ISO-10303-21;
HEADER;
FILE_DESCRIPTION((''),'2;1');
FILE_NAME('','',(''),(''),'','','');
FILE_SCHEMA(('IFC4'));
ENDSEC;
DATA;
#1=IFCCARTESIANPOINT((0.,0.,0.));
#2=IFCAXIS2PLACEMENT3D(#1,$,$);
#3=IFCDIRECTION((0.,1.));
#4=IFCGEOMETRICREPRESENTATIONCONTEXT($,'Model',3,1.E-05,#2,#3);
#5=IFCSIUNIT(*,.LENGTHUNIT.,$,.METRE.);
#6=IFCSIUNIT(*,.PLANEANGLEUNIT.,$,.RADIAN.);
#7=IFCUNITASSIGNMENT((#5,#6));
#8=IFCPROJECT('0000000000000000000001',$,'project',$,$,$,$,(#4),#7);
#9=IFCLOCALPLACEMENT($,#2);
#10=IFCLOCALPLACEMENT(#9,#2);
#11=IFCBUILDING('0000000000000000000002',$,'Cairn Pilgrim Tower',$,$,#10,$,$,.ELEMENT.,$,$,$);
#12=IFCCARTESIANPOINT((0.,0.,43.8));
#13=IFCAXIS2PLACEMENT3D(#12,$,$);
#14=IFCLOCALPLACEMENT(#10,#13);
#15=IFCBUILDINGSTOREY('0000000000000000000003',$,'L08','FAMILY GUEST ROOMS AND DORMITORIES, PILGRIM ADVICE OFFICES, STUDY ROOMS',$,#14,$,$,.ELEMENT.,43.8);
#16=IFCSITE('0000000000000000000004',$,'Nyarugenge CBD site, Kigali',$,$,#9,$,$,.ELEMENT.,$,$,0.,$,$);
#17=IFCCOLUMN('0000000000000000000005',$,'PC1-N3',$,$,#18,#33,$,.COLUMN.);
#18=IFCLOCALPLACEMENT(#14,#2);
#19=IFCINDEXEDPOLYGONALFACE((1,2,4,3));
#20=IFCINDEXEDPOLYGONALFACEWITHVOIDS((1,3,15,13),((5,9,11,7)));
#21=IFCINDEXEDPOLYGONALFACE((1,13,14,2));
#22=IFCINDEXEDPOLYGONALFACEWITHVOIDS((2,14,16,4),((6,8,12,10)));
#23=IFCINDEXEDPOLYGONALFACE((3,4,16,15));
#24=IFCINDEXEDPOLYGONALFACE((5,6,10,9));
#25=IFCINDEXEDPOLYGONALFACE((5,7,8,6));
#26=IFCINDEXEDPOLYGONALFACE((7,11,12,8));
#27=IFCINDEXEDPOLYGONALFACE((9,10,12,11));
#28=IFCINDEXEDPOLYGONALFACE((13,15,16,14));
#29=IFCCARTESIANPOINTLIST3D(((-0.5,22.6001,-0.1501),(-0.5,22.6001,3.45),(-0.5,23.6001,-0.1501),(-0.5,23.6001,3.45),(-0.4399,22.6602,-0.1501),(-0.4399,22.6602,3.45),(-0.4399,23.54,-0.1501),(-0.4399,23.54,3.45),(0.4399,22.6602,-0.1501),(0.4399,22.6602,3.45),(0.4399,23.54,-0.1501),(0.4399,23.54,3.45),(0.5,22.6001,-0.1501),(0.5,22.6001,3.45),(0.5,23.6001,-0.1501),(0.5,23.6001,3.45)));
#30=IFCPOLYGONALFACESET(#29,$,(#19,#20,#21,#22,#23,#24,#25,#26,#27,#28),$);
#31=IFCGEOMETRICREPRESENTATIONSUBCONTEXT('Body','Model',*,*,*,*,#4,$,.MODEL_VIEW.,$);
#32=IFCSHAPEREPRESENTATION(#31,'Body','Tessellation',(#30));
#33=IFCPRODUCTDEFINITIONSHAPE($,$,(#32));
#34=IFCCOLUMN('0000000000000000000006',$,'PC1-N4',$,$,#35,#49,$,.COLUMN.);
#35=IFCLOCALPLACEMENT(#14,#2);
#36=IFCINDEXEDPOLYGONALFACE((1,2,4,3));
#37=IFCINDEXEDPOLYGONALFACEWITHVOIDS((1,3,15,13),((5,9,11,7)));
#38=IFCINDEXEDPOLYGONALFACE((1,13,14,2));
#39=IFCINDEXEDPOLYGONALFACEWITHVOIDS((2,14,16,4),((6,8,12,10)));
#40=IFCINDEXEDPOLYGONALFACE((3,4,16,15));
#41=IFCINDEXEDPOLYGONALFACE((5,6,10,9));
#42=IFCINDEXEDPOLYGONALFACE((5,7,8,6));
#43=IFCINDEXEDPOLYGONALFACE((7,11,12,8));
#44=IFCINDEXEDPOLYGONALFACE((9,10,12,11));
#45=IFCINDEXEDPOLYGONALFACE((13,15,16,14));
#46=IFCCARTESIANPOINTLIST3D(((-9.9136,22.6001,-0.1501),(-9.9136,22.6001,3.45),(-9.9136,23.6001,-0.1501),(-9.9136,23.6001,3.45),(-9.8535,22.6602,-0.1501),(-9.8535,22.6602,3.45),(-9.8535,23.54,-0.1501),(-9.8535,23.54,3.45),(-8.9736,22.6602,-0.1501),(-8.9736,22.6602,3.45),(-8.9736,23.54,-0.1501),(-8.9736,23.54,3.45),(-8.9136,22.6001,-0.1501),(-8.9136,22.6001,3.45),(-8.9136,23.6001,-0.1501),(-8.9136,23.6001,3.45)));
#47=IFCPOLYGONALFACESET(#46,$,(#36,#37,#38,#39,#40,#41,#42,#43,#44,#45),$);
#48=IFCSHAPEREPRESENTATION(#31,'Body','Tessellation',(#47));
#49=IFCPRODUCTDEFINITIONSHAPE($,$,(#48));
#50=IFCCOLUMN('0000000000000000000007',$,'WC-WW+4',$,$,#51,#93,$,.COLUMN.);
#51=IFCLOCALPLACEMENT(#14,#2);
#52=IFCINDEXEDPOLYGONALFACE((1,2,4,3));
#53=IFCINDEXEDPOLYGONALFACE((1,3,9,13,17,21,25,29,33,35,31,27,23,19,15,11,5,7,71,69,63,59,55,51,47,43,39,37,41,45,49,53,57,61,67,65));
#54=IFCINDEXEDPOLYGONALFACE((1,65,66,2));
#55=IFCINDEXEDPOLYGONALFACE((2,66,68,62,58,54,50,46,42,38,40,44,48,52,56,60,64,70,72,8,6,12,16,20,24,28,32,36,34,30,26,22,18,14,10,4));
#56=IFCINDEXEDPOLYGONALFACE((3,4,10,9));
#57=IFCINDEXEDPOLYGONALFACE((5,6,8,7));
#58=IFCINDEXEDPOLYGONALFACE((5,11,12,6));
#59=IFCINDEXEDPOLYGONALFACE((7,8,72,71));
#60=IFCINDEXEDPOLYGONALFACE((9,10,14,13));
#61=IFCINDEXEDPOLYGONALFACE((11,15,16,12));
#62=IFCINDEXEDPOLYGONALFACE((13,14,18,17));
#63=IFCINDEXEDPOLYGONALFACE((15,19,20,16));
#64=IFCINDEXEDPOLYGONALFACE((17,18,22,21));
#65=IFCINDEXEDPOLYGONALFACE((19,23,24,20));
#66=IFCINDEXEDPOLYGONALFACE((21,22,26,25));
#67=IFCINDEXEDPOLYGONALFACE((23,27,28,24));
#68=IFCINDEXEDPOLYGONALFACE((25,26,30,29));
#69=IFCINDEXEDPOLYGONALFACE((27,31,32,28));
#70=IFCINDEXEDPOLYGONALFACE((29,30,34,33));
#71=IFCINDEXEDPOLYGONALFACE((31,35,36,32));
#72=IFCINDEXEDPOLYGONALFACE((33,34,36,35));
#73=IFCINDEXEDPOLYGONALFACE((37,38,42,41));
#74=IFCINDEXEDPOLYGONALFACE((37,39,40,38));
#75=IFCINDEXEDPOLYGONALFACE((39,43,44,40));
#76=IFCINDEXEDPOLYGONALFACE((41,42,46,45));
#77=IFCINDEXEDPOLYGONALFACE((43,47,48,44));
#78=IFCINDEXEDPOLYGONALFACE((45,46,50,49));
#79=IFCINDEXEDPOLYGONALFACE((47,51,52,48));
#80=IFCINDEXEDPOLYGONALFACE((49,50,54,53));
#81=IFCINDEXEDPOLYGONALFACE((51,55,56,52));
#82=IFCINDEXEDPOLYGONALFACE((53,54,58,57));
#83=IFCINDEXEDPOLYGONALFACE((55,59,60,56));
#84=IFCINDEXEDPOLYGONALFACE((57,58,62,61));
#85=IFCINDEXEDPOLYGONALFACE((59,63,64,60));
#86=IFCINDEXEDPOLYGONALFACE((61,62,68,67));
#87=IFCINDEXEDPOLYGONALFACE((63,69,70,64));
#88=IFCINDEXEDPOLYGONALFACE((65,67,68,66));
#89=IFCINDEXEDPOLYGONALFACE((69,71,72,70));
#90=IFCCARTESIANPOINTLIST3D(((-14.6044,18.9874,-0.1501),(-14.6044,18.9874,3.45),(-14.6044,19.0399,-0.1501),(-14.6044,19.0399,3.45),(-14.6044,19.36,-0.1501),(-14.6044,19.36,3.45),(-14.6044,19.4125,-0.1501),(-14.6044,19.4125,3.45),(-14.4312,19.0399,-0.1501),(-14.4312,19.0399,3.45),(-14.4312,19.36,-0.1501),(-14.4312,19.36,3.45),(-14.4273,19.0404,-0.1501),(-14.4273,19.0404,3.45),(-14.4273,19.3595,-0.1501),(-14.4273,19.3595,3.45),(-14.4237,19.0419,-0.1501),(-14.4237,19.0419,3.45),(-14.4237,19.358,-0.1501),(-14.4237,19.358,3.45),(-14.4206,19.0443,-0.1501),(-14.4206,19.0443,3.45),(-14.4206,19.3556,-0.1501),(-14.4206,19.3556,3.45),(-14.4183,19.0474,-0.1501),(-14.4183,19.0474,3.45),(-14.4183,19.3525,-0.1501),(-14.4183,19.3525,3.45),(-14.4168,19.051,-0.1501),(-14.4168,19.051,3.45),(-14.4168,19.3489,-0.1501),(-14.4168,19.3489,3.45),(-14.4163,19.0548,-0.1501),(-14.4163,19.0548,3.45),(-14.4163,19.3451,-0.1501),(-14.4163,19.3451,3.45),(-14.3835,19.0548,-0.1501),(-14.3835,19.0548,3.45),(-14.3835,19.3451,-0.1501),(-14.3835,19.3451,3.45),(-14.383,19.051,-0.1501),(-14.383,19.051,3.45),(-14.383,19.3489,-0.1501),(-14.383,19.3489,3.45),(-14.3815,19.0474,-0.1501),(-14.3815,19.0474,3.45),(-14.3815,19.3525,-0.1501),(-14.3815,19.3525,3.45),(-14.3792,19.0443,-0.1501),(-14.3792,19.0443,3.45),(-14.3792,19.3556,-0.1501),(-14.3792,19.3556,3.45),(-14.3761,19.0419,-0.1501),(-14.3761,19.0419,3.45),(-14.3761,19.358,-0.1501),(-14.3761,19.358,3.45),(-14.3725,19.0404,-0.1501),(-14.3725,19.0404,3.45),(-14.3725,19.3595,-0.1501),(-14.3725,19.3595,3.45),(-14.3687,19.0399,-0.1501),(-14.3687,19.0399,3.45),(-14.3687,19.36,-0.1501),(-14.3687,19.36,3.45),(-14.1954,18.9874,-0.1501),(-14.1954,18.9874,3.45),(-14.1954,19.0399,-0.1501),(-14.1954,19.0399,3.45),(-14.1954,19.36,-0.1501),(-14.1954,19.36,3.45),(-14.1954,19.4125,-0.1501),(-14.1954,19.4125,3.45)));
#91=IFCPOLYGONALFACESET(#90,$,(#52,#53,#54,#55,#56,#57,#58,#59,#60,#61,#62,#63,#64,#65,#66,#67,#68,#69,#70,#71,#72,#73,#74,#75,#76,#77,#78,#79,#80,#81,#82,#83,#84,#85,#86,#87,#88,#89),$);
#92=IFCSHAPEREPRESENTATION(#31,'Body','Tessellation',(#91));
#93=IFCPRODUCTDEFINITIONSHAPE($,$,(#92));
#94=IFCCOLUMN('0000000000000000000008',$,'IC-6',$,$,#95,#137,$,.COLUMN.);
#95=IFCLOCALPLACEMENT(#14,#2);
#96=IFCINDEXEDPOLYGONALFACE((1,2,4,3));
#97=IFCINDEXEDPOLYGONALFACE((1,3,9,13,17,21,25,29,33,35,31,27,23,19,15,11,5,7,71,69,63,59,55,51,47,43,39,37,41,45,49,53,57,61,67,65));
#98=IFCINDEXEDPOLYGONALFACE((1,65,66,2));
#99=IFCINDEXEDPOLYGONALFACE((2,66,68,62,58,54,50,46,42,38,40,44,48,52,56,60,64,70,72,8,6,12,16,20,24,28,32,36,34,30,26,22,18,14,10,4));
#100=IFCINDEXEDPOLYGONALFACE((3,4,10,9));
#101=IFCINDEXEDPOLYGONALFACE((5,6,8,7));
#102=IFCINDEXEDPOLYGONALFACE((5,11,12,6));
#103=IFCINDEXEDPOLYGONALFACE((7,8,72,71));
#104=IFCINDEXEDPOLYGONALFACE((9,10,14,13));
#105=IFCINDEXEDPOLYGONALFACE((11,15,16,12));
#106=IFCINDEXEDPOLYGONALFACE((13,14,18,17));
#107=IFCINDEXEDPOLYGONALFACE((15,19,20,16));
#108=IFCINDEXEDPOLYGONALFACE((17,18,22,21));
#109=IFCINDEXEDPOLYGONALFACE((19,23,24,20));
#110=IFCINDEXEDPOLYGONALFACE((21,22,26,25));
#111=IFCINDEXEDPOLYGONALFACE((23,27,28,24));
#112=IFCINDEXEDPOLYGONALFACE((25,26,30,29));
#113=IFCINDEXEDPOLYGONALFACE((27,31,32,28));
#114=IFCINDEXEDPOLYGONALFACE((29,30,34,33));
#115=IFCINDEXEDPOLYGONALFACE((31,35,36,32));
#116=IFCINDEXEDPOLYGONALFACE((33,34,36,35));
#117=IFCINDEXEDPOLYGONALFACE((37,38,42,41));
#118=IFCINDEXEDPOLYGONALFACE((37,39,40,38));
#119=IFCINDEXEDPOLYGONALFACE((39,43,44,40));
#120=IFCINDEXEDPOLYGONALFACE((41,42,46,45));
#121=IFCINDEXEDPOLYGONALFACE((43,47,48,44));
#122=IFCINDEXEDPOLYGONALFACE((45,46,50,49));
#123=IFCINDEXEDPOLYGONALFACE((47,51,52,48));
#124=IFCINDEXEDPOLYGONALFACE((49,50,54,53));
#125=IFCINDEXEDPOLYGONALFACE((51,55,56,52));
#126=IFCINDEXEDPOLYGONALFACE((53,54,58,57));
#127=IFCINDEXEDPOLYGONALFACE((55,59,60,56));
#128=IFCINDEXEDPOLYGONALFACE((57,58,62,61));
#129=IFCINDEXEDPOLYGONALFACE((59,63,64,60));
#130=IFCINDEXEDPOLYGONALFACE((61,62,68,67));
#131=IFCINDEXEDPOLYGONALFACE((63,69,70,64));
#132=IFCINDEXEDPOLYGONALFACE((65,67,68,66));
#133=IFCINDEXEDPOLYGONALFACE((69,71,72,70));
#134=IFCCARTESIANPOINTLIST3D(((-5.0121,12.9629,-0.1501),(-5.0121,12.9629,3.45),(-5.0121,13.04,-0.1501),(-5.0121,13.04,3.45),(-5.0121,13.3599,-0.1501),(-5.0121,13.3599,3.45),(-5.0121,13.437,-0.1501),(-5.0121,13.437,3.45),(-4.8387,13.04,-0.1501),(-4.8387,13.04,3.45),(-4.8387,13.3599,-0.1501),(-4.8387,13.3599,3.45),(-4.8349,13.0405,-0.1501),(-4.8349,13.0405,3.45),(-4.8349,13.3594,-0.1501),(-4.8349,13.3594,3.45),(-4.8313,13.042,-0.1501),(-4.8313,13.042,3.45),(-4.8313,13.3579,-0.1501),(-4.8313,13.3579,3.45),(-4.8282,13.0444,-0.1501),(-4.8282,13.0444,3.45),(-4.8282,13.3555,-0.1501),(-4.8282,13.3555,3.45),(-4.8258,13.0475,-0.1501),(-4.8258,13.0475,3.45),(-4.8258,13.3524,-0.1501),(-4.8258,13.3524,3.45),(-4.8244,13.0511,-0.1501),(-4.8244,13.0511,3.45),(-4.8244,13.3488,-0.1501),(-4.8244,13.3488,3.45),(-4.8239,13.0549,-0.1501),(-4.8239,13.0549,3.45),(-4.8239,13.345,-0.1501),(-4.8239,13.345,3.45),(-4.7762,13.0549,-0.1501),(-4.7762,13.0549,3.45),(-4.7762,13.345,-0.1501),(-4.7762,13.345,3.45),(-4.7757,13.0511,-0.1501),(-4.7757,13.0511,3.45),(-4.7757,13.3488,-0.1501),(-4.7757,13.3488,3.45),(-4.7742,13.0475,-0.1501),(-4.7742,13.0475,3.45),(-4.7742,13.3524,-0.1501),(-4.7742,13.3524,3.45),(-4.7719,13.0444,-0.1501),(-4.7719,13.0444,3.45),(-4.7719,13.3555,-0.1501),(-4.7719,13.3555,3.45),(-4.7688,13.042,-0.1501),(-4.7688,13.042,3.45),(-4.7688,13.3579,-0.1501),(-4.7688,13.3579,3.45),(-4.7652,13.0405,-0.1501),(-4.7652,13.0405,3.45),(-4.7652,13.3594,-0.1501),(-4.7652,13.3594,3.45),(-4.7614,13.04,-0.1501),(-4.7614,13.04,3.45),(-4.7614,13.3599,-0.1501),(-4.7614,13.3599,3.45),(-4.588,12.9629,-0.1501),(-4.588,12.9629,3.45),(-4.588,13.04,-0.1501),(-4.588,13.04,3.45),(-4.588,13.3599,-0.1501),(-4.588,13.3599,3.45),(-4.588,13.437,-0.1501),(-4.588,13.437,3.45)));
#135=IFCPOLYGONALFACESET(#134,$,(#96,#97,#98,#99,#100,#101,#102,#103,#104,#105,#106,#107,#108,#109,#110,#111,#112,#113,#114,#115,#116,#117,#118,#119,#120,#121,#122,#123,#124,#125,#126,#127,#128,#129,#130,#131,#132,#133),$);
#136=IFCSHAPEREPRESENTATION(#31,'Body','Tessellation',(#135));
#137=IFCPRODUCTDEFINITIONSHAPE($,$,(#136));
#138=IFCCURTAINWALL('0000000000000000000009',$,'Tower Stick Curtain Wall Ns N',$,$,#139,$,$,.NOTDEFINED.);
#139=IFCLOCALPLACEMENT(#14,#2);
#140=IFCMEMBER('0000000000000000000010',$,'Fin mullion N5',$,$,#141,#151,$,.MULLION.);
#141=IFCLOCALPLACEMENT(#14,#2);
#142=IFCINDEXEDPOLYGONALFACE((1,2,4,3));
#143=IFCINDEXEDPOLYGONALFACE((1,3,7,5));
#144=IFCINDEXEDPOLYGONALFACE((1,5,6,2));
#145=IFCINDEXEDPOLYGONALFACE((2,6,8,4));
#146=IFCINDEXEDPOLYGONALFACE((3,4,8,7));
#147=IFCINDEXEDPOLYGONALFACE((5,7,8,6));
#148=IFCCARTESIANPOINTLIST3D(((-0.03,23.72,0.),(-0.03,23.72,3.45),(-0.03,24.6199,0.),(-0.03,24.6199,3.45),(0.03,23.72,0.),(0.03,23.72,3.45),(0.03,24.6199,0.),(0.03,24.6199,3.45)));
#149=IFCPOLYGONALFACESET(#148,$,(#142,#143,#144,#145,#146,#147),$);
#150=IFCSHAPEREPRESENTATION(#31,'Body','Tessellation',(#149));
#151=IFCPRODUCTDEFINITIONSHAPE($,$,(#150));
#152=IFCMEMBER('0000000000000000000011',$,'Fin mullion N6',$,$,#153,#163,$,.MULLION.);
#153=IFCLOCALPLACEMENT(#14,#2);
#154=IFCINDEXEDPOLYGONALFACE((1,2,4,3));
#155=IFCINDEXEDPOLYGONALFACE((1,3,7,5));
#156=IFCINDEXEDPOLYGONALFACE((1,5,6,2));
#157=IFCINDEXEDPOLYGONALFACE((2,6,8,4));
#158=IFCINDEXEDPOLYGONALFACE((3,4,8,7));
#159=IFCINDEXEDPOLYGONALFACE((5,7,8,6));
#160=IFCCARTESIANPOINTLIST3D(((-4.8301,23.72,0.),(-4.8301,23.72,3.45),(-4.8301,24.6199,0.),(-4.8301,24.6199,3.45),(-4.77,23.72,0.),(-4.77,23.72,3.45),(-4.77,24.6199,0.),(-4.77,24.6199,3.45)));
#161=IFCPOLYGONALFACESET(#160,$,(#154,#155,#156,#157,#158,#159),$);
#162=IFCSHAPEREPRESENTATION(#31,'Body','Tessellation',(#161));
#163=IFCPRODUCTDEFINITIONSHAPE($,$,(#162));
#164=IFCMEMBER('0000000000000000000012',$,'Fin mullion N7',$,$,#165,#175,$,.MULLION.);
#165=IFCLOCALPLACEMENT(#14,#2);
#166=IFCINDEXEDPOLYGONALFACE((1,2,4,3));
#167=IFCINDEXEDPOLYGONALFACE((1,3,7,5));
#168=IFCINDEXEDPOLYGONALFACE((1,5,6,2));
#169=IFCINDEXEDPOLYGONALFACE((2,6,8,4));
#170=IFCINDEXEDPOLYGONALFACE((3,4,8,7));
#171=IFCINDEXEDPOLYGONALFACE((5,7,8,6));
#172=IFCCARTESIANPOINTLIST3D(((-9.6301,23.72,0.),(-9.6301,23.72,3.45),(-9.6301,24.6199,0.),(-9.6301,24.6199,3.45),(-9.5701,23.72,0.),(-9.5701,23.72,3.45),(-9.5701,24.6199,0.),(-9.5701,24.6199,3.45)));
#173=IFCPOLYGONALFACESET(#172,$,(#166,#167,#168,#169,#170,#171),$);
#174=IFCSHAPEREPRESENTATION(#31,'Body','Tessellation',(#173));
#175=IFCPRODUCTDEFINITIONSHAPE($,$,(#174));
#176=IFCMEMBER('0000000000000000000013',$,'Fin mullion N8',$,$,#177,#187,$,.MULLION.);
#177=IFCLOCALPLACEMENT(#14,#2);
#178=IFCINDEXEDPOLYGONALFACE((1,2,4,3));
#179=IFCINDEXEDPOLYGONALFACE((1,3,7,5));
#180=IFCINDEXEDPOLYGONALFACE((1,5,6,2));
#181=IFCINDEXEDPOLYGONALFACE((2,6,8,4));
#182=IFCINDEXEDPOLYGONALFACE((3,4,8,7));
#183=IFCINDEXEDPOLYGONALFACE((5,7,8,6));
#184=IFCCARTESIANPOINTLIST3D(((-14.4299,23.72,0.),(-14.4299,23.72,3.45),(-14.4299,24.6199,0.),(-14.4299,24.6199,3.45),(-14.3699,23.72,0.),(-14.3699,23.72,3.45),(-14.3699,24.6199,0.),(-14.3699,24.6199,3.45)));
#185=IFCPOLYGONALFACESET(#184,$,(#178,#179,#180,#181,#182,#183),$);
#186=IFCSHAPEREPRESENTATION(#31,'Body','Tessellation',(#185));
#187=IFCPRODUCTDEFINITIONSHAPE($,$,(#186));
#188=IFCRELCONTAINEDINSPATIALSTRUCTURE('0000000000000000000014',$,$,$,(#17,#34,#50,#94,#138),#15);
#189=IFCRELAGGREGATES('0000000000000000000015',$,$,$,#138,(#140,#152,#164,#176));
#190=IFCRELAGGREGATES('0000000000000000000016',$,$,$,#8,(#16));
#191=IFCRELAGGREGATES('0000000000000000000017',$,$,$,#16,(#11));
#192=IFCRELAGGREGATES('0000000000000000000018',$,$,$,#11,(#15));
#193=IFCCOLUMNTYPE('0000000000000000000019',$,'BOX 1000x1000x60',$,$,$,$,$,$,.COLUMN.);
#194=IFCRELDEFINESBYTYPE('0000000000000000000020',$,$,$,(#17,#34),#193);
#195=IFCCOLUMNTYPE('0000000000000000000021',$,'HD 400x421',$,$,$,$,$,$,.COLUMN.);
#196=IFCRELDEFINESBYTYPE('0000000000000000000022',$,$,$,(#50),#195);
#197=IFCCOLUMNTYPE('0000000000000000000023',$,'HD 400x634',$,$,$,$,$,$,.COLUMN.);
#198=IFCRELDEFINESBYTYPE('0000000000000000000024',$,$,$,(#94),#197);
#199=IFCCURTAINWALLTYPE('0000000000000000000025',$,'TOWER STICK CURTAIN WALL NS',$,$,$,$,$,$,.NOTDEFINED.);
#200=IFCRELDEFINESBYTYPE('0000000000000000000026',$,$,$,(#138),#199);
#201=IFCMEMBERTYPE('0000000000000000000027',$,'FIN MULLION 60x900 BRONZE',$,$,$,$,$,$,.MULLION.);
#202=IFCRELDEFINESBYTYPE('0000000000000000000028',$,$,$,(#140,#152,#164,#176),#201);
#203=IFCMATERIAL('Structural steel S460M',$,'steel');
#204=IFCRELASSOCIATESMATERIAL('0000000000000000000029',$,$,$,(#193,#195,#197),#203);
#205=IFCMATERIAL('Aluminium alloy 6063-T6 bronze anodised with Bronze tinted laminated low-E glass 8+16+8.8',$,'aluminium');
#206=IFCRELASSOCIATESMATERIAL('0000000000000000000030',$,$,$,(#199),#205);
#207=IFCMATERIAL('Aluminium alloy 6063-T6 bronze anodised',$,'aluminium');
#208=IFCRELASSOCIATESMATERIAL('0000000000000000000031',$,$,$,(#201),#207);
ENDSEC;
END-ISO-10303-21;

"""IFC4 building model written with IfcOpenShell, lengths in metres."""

from ifc_helpers import new_model, si_unit, direction, frame, origin, origin_2d, place, context, subcontext, project, spatial, rectangle, hollow_rectangle, i_section, extrude, material, material_profile, profile_set, type_object, element, aggregate, save


model = new_model("IFC4")

# Units and contexts
model_context = context("Model", 3, precision=1e-05, world=origin(), true_north=direction((0.0, 1.0)))
body_context = subcontext(model_context, "Body", "Model", "MODEL_VIEW")
ifc_project = project(units=[si_unit("LENGTHUNIT", "METRE"), si_unit("PLANEANGLEUNIT", "RADIAN")], contexts=[model_context])

# Site, building, storey
site_placement = place(None, origin())
site = spatial("IfcSite", under=ifc_project, at=site_placement, Name="Nyarugenge CBD site, Kigali", CompositionType="ELEMENT", RefElevation=0.0)
building_placement = place(site_placement, origin())
building = spatial("IfcBuilding", under=site, at=building_placement, Name="Cairn Pilgrim Tower", CompositionType="ELEMENT")
storey_placement = place(building_placement, frame((0.0, 0.0, 43.8)))
storey = spatial("IfcBuildingStorey", under=building, at=storey_placement, Name="L08", Description="FAMILY GUEST ROOMS AND DORMITORIES, PILGRIM ADVICE OFFICES, STUDY ROOMS", CompositionType="ELEMENT", Elevation=43.8)

# Columns
ifc_material_1 = material(Name="Structural steel S460M", Category="steel")
ifc_material_profile_1 = material_profile(ifc_material_1, hollow_rectangle(XDim=1.0, YDim=1.0, WallThickness=0.0601, at=origin_2d()), Name="BOX 1000x1000x60")
ifc_profile_set_1 = profile_set([ifc_material_profile_1], Name="Structural steel S460M")
column_type_1 = type_object("IfcColumnType", Name="BOX 1000x1000x60", PredefinedType="COLUMN", material=ifc_profile_set_1)
for number, where, z_axis, x_axis, name in (
    (1, (0.0, 23.1001, -0.1501), (0.0, 0.0, 1.0), (1.0, 0.0, 0.0), "PC1-N3"),
    (2, (-9.4136, 23.1001, -0.1501), (0.0, 0.0, 1.0), (1.0, 0.0, 0.0), "PC1-N4"),
):
    element("IfcColumn", number, at=place(storey_placement, frame(where, z_axis=z_axis, x_axis=x_axis)), inside=storey, type_object=column_type_1, Name=name, PredefinedType="COLUMN", context=body_context, shape_type="SweptSolid", body=[
        extrude(hollow_rectangle(XDim=1.0, YDim=1.0, WallThickness=0.0601, at=origin_2d()), origin(), (0.0, 0.0, 1.0), 3.6001),
    ])
ifc_material_profile_2 = material_profile(ifc_material_1, i_section(OverallWidth=0.4089, OverallDepth=0.425, WebThickness=0.0327, FlangeThickness=0.0525, FilletRadius=0.0149, at=origin_2d()), Name="HD 400x421")
ifc_profile_set_2 = profile_set([ifc_material_profile_2], Name="Structural steel S460M")
column_type_2 = type_object("IfcColumnType", Name="HD 400x421", PredefinedType="COLUMN", material=ifc_profile_set_2)
column_1_placement = place(storey_placement, frame((-14.3999, 19.2, -0.1501), z_axis=(0.0, 0.0, 1.0), x_axis=(1.0, 0.0, 0.0)))
element("IfcColumn", 3, at=column_1_placement, inside=storey, type_object=column_type_2, Name="WC-WW+4", PredefinedType="COLUMN", context=body_context, shape_type="SweptSolid", body=[
    extrude(i_section(OverallWidth=0.4089, OverallDepth=0.425, WebThickness=0.0327, FlangeThickness=0.0525, FilletRadius=0.0149, at=origin_2d()), origin(), (0.0, 0.0, 1.0), 3.6001),
])
ifc_material_profile_3 = material_profile(ifc_material_1, i_section(OverallWidth=0.4241, OverallDepth=0.4741, WebThickness=0.0476, FlangeThickness=0.0771, FilletRadius=0.0149, at=origin_2d()), Name="HD 400x634")
ifc_profile_set_3 = profile_set([ifc_material_profile_3], Name="Structural steel S460M")
column_type_3 = type_object("IfcColumnType", Name="HD 400x634", PredefinedType="COLUMN", material=ifc_profile_set_3)
column_2_placement = place(storey_placement, frame((-4.8, 13.2, -0.1501), z_axis=(0.0, 0.0, 1.0), x_axis=(1.0, 0.0, 0.0)))
element("IfcColumn", 4, at=column_2_placement, inside=storey, type_object=column_type_3, Name="IC-6", PredefinedType="COLUMN", context=body_context, shape_type="SweptSolid", body=[
    extrude(i_section(OverallWidth=0.4241, OverallDepth=0.4741, WebThickness=0.0476, FlangeThickness=0.0771, FilletRadius=0.0149, at=origin_2d()), origin(), (0.0, 0.0, 1.0), 3.6001),
])

# Curtain wall, members
ifc_material_2 = material(Name="Aluminium alloy 6063-T6 bronze anodised with Bronze tinted laminated low-E glass 8+16+8.8", Category="aluminium")
curtain_wall_type = type_object("IfcCurtainWallType", Name="TOWER STICK CURTAIN WALL NS", PredefinedType="NOTDEFINED", material=ifc_material_2)
curtain_wall_placement = place(storey_placement, origin())
curtain_wall = element("IfcCurtainWall", 5, at=curtain_wall_placement, inside=storey, type_object=curtain_wall_type, Name="Tower Stick Curtain Wall Ns N", PredefinedType="NOTDEFINED")
ifc_material_3 = material(Name="Aluminium alloy 6063-T6 bronze anodised", Category="aluminium")
ifc_material_profile_4 = material_profile(ifc_material_3, rectangle(XDim=0.8999, YDim=0.0601, at=origin_2d()), Name="FIN MULLION 60x900 BRONZE")
ifc_profile_set_4 = profile_set([ifc_material_profile_4], Name="Aluminium alloy 6063-T6 bronze anodised")
member_type_1 = type_object("IfcMemberType", Name="FIN MULLION 60x900 BRONZE", PredefinedType="MULLION", material=ifc_profile_set_4)
member_1_placement = place(storey_placement, frame((0.0, 24.1699, 0.0), z_axis=(0.0, 0.0, 1.0), x_axis=(0.0, 1.0, 0.0)))
member_1 = element("IfcMember", 6, at=member_1_placement, type_object=member_type_1, Name="Fin mullion N5", PredefinedType="MULLION", context=body_context, shape_type="SweptSolid", body=[
    extrude(rectangle(XDim=0.8999, YDim=0.0601, at=origin_2d()), origin(), (0.0, 0.0, 1.0), 3.45),
])
member_2_placement = place(storey_placement, frame((-4.8, 24.1699, 0.0), z_axis=(0.0, 0.0, 1.0), x_axis=(0.0, 1.0, 0.0)))
member_2 = element("IfcMember", 7, at=member_2_placement, type_object=member_type_1, Name="Fin mullion N6", PredefinedType="MULLION", context=body_context, shape_type="SweptSolid", body=[
    extrude(rectangle(XDim=0.8999, YDim=0.0601, at=origin_2d()), origin(), (0.0, 0.0, 1.0), 3.45),
])
member_3_placement = place(storey_placement, frame((-9.6001, 24.1699, 0.0), z_axis=(0.0, 0.0, 1.0), x_axis=(0.0, 1.0, 0.0)))
member_3 = element("IfcMember", 8, at=member_3_placement, type_object=member_type_1, Name="Fin mullion N7", PredefinedType="MULLION", context=body_context, shape_type="SweptSolid", body=[
    extrude(rectangle(XDim=0.8999, YDim=0.0601, at=origin_2d()), origin(), (0.0, 0.0, 1.0), 3.45),
])
member_4_placement = place(storey_placement, frame((-14.3999, 24.1699, 0.0), z_axis=(0.0, 0.0, 1.0), x_axis=(0.0, 1.0, 0.0)))
member_4 = element("IfcMember", 9, at=member_4_placement, type_object=member_type_1, Name="Fin mullion N8", PredefinedType="MULLION", context=body_context, shape_type="SweptSolid", body=[
    extrude(rectangle(XDim=0.8999, YDim=0.0601, at=origin_2d()), origin(), (0.0, 0.0, 1.0), 3.45),
])

aggregate(curtain_wall, [member_1, member_2, member_3, member_4])

save(model, "model.ifc")
